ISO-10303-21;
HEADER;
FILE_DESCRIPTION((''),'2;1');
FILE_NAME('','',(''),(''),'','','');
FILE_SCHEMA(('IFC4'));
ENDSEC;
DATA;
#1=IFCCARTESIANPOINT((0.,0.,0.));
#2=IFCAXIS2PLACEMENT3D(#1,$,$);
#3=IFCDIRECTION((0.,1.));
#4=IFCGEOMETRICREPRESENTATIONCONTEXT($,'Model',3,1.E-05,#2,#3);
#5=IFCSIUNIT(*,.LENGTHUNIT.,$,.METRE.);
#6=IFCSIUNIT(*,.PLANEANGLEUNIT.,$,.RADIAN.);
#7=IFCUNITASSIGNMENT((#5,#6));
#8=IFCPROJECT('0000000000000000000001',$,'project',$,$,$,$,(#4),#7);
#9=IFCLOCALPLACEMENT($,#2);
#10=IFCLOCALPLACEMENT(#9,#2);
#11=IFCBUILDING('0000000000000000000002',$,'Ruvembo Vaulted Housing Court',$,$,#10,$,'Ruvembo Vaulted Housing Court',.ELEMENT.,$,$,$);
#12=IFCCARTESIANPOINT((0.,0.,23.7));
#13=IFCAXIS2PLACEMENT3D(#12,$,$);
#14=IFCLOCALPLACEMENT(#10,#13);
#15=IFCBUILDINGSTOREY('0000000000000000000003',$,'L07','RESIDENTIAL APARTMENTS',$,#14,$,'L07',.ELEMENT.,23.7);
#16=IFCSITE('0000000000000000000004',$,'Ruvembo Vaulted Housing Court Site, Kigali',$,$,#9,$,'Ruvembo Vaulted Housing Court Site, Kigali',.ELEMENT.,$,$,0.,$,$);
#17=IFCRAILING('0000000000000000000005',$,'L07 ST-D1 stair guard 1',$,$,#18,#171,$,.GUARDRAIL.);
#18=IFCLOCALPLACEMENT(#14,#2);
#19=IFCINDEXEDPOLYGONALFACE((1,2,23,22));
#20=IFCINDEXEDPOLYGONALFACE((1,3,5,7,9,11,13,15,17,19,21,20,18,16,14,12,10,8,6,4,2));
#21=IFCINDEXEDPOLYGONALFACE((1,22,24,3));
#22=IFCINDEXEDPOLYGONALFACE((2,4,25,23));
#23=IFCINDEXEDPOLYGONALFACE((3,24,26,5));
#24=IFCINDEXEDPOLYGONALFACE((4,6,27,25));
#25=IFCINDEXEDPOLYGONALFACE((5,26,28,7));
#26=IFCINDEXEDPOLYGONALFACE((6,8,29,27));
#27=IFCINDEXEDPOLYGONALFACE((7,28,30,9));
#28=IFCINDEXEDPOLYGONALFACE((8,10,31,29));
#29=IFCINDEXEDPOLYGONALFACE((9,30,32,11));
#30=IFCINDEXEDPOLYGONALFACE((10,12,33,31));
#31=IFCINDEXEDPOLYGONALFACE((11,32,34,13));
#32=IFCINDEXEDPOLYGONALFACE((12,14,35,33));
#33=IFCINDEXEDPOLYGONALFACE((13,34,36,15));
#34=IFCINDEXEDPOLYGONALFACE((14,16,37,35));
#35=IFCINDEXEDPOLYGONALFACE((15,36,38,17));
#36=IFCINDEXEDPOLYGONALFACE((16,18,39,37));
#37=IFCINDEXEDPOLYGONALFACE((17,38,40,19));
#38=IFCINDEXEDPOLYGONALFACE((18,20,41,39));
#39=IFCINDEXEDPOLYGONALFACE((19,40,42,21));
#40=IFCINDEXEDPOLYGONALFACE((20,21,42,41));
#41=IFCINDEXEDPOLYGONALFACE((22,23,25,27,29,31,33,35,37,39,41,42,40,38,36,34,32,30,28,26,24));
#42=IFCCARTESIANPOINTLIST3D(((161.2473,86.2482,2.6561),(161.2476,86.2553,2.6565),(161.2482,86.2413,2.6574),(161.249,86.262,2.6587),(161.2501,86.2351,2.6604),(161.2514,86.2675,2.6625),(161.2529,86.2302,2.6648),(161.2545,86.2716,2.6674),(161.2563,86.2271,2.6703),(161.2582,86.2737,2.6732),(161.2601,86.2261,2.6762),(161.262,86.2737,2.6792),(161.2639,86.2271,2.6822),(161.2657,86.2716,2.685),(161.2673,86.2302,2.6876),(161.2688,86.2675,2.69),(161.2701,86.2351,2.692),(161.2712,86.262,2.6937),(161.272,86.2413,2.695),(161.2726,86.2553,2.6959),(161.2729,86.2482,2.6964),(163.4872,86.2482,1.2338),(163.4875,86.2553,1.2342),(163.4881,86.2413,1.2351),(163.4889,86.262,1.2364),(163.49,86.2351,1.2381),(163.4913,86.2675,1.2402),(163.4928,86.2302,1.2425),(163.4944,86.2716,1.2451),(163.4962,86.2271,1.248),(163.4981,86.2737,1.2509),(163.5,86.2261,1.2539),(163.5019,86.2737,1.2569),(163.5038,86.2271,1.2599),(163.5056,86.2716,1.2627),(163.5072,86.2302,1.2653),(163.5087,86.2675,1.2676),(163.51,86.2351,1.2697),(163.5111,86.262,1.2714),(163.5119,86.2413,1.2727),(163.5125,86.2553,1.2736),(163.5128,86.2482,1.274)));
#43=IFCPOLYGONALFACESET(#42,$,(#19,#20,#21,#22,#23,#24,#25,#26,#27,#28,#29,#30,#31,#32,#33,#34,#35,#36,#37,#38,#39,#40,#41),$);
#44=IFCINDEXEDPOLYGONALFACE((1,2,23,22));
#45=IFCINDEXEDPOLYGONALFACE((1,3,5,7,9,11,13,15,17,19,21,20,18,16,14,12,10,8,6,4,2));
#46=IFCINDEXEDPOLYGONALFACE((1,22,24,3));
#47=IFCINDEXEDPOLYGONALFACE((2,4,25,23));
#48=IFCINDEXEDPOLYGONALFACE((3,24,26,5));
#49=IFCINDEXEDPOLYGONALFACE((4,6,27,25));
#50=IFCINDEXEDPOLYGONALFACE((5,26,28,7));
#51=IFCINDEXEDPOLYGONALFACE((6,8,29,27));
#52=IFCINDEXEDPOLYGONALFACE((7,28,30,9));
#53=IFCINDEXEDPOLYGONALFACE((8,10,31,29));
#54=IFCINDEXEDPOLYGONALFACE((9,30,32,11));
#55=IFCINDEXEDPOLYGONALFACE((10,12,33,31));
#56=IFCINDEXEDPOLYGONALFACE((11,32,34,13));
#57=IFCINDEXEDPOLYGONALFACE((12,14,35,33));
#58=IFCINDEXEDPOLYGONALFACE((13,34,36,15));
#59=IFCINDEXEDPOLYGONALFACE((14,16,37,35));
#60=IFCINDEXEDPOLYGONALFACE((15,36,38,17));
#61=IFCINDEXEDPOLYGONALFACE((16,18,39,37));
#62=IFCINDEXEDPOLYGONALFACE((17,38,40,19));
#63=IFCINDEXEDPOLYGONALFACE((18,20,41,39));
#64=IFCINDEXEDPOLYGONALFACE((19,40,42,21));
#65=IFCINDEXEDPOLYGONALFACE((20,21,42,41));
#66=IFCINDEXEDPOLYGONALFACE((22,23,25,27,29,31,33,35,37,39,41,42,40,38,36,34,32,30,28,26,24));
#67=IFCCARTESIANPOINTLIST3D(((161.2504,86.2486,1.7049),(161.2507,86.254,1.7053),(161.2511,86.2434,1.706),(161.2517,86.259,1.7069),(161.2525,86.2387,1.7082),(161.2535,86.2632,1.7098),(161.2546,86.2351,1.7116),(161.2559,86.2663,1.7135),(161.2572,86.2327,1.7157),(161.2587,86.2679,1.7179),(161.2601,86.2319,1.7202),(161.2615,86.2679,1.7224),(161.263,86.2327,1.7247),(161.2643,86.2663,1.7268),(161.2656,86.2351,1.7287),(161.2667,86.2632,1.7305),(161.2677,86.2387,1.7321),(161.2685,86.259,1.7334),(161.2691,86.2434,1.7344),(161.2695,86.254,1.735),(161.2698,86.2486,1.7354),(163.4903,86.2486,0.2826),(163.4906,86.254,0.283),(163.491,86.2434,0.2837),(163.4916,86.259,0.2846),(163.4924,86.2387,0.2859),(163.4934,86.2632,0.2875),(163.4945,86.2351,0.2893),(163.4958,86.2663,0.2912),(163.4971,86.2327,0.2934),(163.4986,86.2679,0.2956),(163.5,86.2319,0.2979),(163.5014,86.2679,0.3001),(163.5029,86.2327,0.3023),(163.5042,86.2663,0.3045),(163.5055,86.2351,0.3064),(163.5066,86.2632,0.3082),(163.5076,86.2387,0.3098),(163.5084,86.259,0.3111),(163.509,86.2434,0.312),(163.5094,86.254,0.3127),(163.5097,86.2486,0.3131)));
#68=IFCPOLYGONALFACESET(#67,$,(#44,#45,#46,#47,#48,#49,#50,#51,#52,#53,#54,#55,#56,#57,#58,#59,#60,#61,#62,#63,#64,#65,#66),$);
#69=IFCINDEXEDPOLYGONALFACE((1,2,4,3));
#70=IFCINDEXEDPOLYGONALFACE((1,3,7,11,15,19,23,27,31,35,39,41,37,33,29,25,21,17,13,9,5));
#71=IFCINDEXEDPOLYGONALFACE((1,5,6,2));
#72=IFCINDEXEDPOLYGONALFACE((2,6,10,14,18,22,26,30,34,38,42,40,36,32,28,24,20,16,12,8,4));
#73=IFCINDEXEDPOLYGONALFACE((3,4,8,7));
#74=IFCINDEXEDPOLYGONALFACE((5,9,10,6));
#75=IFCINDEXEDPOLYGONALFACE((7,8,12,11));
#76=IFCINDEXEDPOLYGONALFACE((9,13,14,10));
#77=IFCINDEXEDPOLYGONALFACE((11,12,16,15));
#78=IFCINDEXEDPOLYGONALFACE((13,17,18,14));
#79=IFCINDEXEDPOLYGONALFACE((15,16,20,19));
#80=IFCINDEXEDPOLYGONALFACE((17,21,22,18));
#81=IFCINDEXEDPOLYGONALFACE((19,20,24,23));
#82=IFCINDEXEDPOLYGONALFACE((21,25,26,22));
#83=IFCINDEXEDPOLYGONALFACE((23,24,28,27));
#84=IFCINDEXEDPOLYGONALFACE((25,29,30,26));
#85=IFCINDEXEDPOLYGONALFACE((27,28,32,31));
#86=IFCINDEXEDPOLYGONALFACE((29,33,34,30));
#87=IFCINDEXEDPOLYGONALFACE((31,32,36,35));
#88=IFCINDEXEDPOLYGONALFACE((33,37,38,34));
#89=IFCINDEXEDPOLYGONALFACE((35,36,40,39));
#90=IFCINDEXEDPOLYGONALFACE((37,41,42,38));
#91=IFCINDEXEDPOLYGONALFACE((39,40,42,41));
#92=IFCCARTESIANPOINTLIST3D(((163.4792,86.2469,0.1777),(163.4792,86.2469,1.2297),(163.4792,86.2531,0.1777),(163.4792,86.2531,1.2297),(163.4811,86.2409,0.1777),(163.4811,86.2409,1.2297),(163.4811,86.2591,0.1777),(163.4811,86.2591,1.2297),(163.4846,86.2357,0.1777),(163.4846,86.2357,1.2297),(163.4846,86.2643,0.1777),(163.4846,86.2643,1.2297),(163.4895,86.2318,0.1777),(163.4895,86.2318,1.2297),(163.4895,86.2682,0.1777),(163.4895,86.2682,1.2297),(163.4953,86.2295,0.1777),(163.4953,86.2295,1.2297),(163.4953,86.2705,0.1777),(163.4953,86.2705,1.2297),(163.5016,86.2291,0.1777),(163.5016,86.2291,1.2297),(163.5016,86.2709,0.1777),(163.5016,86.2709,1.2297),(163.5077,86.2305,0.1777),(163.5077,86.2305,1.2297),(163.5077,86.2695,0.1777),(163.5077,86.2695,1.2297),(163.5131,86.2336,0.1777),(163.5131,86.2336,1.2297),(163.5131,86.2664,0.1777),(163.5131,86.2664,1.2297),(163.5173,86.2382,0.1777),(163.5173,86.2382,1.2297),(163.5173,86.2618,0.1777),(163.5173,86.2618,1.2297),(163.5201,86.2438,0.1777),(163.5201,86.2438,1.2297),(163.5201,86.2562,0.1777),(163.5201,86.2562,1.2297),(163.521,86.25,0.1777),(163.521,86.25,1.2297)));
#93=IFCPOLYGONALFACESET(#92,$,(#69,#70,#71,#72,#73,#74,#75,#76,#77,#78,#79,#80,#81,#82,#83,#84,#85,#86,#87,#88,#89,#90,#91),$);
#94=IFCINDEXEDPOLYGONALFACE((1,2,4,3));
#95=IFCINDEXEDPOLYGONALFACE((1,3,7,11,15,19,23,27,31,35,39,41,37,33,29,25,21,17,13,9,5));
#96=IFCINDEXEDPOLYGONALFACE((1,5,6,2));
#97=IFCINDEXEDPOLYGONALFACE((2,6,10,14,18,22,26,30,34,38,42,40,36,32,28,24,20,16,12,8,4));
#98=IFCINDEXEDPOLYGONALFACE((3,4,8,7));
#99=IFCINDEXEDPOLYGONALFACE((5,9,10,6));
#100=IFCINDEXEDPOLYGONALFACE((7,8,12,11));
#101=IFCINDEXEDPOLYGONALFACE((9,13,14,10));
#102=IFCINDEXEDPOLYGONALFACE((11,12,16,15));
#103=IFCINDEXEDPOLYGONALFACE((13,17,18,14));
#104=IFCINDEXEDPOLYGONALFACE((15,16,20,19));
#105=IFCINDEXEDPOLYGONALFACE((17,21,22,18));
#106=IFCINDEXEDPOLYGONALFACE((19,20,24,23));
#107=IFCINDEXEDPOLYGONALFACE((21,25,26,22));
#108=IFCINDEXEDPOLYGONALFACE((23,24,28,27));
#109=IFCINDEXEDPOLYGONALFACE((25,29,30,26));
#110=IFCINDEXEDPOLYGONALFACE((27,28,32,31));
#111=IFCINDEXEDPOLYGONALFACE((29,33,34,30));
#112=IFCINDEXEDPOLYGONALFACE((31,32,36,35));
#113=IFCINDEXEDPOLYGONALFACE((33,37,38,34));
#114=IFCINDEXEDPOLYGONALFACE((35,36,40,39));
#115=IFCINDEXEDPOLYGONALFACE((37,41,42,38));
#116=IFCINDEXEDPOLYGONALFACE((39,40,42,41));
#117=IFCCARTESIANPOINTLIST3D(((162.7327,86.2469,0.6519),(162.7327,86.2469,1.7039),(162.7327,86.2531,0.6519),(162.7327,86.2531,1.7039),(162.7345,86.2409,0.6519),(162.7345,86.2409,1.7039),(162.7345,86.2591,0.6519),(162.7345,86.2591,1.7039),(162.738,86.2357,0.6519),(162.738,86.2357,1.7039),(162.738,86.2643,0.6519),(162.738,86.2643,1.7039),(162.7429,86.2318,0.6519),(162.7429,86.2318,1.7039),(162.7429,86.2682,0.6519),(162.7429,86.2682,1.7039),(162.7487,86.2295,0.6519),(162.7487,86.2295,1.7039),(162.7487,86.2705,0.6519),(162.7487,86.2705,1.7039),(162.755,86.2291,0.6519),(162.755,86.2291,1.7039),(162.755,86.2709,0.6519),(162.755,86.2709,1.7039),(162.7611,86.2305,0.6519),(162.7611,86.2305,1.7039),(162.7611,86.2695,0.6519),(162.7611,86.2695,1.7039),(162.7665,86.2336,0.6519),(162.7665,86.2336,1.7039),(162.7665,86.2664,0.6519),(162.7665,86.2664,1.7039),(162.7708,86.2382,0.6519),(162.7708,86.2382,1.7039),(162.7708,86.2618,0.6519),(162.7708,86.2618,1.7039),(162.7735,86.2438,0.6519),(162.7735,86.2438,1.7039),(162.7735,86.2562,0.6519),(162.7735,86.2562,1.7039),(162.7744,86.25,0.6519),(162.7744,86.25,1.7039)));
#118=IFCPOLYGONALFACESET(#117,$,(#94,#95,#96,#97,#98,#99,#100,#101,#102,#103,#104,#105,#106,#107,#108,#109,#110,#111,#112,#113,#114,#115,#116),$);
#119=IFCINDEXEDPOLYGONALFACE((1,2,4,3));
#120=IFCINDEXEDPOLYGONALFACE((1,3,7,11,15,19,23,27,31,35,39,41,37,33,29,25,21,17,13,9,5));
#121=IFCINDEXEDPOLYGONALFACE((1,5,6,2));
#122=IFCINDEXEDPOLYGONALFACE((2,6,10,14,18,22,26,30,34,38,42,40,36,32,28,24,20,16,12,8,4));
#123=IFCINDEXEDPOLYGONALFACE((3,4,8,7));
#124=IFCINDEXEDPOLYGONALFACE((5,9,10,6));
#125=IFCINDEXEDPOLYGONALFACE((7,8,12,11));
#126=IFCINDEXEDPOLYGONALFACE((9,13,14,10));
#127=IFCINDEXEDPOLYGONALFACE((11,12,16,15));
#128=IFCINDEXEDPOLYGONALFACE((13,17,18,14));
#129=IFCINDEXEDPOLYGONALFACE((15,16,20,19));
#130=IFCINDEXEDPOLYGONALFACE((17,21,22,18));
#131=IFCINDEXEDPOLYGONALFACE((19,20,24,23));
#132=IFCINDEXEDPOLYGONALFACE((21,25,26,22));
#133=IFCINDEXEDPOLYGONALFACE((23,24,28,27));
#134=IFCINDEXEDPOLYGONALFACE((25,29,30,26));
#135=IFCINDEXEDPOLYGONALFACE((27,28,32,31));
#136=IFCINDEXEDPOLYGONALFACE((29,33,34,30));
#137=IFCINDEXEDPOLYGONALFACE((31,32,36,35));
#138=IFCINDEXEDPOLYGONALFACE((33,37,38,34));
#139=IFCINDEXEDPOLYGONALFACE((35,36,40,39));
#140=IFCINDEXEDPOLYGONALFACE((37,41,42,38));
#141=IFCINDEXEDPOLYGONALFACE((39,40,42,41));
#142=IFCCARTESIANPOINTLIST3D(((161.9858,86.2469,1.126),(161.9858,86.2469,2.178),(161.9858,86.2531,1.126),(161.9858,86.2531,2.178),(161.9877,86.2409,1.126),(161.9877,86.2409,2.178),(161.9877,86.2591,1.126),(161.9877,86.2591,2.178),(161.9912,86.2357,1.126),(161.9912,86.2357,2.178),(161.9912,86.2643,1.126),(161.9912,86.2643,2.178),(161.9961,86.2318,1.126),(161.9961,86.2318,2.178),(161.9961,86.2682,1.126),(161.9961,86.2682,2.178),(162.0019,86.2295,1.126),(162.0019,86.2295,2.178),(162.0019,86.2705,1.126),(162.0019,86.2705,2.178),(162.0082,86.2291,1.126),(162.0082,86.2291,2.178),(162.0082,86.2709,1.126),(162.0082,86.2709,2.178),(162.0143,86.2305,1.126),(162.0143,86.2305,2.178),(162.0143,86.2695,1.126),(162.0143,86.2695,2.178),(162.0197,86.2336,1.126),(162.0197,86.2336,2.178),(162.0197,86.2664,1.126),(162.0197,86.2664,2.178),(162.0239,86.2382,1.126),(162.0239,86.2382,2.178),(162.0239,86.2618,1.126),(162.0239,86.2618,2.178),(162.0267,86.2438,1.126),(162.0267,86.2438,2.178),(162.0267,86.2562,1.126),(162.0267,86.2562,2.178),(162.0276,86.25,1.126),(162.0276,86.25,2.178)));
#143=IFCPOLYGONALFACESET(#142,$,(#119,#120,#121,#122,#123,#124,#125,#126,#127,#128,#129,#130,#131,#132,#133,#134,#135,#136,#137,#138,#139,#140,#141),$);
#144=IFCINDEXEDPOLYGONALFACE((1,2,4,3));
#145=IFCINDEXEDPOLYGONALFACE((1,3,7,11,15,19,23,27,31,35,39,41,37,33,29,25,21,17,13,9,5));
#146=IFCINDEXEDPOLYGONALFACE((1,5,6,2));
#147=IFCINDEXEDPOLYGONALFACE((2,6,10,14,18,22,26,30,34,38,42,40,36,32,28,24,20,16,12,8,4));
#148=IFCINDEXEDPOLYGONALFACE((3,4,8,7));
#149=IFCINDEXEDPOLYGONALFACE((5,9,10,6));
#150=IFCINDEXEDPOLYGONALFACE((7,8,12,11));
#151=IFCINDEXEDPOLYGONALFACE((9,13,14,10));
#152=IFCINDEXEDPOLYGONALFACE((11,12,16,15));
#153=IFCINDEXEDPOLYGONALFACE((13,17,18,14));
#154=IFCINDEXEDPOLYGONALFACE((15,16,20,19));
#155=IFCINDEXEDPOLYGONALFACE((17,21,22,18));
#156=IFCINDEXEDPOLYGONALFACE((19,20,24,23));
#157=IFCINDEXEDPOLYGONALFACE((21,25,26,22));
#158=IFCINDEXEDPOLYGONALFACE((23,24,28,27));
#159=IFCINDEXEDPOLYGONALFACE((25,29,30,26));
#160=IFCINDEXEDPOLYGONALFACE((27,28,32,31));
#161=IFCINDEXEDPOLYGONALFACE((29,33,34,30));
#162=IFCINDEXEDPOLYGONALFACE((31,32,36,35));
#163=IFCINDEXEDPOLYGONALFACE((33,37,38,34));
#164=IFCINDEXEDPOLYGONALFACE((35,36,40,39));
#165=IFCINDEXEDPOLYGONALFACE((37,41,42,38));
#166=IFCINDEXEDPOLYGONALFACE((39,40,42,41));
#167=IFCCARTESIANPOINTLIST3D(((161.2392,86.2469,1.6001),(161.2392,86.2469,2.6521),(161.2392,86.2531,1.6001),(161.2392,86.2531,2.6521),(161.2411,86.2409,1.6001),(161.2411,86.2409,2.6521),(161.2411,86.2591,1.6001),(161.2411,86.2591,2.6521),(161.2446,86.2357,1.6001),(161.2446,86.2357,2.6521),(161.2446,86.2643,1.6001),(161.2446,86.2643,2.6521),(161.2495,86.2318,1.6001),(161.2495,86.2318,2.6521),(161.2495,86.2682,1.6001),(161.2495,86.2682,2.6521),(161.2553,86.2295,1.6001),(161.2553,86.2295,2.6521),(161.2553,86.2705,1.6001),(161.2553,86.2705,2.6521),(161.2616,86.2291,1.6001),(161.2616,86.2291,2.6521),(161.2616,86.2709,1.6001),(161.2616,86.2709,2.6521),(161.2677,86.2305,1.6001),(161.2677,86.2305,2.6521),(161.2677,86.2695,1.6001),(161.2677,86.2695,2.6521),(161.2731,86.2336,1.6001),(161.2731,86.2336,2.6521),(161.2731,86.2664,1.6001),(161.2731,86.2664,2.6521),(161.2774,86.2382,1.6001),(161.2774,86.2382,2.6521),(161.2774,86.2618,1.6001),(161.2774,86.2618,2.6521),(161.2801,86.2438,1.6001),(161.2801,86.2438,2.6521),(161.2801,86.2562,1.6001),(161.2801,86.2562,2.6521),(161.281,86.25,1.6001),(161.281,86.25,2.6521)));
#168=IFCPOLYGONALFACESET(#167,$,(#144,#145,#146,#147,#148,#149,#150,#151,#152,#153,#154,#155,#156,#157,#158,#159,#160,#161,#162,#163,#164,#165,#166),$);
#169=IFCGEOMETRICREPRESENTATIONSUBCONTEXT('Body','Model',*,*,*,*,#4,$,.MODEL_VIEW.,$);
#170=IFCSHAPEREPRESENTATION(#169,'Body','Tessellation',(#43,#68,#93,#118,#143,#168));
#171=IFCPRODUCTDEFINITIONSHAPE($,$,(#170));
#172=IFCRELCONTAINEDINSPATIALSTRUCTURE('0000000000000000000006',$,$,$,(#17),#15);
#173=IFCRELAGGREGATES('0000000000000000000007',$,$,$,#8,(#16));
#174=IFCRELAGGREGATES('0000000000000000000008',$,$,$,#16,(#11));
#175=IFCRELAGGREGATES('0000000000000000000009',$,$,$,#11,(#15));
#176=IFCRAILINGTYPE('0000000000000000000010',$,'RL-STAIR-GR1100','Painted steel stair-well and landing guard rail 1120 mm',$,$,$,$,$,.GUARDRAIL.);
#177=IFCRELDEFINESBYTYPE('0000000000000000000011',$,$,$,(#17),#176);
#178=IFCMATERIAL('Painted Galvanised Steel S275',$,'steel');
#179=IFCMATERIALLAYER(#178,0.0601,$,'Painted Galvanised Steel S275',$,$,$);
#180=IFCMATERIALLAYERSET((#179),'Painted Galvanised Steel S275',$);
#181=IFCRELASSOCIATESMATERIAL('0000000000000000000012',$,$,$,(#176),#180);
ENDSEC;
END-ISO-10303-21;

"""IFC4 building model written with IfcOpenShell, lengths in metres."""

from ifc_helpers import new_model, si_unit, direction, frame, origin, origin_2d, place, context, subcontext, project, spatial, circle, extrude, material, layer, layer_set, type_object, element, save


model = new_model("IFC4")

# Units and contexts
model_context = context("Model", 3, precision=1e-05, world=origin(), true_north=direction((0.0, 1.0)))
body_context = subcontext(model_context, "Body", "Model", "MODEL_VIEW")
ifc_project = project(units=[si_unit("LENGTHUNIT", "METRE"), si_unit("PLANEANGLEUNIT", "RADIAN")], contexts=[model_context])

# Site, building, storey
site_placement = place(None, origin())
site = spatial("IfcSite", under=ifc_project, at=site_placement, Name="Ruvembo Vaulted Housing Court Site, Kigali", LongName="Ruvembo Vaulted Housing Court Site, Kigali", CompositionType="ELEMENT", RefElevation=0.0)
building_placement = place(site_placement, origin())
building = spatial("IfcBuilding", under=site, at=building_placement, Name="Ruvembo Vaulted Housing Court", LongName="Ruvembo Vaulted Housing Court", CompositionType="ELEMENT")
storey_placement = place(building_placement, frame((0.0, 0.0, 23.7)))
storey = spatial("IfcBuildingStorey", under=building, at=storey_placement, Name="L07", Description="RESIDENTIAL APARTMENTS", LongName="L07", CompositionType="ELEMENT", Elevation=23.7)

# Railing
ifc_material_1 = material(Name="Painted Galvanised Steel S275", Category="steel")
ifc_layer_1 = layer(ifc_material_1, 0.0601, Name="Painted Galvanised Steel S275")
ifc_layer_set_1 = layer_set([ifc_layer_1], Name="Painted Galvanised Steel S275")
railing_type_1 = type_object("IfcRailingType", Name="RL-STAIR-GR1100", Description="Painted steel stair-well and landing guard rail 1120 mm", PredefinedType="GUARDRAIL", material=ifc_layer_set_1)
railing_1_placement = place(storey_placement, frame((163.5, 86.25, 0.1777)))
element("IfcRailing", 1, at=railing_1_placement, inside=storey, type_object=railing_type_1, Name="L07 ST-D1 stair guard 1", PredefinedType="GUARDRAIL", context=body_context, shape_type="SweptSolid", body=[
    extrude(circle(Radius=0.0239, at=origin_2d()), frame((0.0, 0.0, 1.0762), z_axis=(-0.844188, 0.0, 0.536048), x_axis=(0.0, -1.0, 0.0)), (0.0, 0.0, 1.0), 2.6533),
    extrude(circle(Radius=0.0181, at=origin_2d()), frame((0.0, 0.0, 0.1201), z_axis=(-0.844188, 0.0, 0.536048), x_axis=(0.0, -1.0, 0.0)), (0.0, 0.0, 1.0), 2.6533),
    extrude(circle(Radius=0.021, at=origin_2d()), origin(), (0.0, 0.0, 1.0), 1.052),
    extrude(circle(Radius=0.021, at=origin_2d()), frame((-0.7466, 0.0, 0.4741)), (0.0, 0.0, 1.0), 1.052),
    extrude(circle(Radius=0.021, at=origin_2d()), frame((-1.4934, 0.0, 0.9482)), (0.0, 0.0, 1.0), 1.052),
    extrude(circle(Radius=0.021, at=origin_2d()), frame((-2.24, 0.0, 1.4224)), (0.0, 0.0, 1.0), 1.052),
])

save(model, "model.ifc")
